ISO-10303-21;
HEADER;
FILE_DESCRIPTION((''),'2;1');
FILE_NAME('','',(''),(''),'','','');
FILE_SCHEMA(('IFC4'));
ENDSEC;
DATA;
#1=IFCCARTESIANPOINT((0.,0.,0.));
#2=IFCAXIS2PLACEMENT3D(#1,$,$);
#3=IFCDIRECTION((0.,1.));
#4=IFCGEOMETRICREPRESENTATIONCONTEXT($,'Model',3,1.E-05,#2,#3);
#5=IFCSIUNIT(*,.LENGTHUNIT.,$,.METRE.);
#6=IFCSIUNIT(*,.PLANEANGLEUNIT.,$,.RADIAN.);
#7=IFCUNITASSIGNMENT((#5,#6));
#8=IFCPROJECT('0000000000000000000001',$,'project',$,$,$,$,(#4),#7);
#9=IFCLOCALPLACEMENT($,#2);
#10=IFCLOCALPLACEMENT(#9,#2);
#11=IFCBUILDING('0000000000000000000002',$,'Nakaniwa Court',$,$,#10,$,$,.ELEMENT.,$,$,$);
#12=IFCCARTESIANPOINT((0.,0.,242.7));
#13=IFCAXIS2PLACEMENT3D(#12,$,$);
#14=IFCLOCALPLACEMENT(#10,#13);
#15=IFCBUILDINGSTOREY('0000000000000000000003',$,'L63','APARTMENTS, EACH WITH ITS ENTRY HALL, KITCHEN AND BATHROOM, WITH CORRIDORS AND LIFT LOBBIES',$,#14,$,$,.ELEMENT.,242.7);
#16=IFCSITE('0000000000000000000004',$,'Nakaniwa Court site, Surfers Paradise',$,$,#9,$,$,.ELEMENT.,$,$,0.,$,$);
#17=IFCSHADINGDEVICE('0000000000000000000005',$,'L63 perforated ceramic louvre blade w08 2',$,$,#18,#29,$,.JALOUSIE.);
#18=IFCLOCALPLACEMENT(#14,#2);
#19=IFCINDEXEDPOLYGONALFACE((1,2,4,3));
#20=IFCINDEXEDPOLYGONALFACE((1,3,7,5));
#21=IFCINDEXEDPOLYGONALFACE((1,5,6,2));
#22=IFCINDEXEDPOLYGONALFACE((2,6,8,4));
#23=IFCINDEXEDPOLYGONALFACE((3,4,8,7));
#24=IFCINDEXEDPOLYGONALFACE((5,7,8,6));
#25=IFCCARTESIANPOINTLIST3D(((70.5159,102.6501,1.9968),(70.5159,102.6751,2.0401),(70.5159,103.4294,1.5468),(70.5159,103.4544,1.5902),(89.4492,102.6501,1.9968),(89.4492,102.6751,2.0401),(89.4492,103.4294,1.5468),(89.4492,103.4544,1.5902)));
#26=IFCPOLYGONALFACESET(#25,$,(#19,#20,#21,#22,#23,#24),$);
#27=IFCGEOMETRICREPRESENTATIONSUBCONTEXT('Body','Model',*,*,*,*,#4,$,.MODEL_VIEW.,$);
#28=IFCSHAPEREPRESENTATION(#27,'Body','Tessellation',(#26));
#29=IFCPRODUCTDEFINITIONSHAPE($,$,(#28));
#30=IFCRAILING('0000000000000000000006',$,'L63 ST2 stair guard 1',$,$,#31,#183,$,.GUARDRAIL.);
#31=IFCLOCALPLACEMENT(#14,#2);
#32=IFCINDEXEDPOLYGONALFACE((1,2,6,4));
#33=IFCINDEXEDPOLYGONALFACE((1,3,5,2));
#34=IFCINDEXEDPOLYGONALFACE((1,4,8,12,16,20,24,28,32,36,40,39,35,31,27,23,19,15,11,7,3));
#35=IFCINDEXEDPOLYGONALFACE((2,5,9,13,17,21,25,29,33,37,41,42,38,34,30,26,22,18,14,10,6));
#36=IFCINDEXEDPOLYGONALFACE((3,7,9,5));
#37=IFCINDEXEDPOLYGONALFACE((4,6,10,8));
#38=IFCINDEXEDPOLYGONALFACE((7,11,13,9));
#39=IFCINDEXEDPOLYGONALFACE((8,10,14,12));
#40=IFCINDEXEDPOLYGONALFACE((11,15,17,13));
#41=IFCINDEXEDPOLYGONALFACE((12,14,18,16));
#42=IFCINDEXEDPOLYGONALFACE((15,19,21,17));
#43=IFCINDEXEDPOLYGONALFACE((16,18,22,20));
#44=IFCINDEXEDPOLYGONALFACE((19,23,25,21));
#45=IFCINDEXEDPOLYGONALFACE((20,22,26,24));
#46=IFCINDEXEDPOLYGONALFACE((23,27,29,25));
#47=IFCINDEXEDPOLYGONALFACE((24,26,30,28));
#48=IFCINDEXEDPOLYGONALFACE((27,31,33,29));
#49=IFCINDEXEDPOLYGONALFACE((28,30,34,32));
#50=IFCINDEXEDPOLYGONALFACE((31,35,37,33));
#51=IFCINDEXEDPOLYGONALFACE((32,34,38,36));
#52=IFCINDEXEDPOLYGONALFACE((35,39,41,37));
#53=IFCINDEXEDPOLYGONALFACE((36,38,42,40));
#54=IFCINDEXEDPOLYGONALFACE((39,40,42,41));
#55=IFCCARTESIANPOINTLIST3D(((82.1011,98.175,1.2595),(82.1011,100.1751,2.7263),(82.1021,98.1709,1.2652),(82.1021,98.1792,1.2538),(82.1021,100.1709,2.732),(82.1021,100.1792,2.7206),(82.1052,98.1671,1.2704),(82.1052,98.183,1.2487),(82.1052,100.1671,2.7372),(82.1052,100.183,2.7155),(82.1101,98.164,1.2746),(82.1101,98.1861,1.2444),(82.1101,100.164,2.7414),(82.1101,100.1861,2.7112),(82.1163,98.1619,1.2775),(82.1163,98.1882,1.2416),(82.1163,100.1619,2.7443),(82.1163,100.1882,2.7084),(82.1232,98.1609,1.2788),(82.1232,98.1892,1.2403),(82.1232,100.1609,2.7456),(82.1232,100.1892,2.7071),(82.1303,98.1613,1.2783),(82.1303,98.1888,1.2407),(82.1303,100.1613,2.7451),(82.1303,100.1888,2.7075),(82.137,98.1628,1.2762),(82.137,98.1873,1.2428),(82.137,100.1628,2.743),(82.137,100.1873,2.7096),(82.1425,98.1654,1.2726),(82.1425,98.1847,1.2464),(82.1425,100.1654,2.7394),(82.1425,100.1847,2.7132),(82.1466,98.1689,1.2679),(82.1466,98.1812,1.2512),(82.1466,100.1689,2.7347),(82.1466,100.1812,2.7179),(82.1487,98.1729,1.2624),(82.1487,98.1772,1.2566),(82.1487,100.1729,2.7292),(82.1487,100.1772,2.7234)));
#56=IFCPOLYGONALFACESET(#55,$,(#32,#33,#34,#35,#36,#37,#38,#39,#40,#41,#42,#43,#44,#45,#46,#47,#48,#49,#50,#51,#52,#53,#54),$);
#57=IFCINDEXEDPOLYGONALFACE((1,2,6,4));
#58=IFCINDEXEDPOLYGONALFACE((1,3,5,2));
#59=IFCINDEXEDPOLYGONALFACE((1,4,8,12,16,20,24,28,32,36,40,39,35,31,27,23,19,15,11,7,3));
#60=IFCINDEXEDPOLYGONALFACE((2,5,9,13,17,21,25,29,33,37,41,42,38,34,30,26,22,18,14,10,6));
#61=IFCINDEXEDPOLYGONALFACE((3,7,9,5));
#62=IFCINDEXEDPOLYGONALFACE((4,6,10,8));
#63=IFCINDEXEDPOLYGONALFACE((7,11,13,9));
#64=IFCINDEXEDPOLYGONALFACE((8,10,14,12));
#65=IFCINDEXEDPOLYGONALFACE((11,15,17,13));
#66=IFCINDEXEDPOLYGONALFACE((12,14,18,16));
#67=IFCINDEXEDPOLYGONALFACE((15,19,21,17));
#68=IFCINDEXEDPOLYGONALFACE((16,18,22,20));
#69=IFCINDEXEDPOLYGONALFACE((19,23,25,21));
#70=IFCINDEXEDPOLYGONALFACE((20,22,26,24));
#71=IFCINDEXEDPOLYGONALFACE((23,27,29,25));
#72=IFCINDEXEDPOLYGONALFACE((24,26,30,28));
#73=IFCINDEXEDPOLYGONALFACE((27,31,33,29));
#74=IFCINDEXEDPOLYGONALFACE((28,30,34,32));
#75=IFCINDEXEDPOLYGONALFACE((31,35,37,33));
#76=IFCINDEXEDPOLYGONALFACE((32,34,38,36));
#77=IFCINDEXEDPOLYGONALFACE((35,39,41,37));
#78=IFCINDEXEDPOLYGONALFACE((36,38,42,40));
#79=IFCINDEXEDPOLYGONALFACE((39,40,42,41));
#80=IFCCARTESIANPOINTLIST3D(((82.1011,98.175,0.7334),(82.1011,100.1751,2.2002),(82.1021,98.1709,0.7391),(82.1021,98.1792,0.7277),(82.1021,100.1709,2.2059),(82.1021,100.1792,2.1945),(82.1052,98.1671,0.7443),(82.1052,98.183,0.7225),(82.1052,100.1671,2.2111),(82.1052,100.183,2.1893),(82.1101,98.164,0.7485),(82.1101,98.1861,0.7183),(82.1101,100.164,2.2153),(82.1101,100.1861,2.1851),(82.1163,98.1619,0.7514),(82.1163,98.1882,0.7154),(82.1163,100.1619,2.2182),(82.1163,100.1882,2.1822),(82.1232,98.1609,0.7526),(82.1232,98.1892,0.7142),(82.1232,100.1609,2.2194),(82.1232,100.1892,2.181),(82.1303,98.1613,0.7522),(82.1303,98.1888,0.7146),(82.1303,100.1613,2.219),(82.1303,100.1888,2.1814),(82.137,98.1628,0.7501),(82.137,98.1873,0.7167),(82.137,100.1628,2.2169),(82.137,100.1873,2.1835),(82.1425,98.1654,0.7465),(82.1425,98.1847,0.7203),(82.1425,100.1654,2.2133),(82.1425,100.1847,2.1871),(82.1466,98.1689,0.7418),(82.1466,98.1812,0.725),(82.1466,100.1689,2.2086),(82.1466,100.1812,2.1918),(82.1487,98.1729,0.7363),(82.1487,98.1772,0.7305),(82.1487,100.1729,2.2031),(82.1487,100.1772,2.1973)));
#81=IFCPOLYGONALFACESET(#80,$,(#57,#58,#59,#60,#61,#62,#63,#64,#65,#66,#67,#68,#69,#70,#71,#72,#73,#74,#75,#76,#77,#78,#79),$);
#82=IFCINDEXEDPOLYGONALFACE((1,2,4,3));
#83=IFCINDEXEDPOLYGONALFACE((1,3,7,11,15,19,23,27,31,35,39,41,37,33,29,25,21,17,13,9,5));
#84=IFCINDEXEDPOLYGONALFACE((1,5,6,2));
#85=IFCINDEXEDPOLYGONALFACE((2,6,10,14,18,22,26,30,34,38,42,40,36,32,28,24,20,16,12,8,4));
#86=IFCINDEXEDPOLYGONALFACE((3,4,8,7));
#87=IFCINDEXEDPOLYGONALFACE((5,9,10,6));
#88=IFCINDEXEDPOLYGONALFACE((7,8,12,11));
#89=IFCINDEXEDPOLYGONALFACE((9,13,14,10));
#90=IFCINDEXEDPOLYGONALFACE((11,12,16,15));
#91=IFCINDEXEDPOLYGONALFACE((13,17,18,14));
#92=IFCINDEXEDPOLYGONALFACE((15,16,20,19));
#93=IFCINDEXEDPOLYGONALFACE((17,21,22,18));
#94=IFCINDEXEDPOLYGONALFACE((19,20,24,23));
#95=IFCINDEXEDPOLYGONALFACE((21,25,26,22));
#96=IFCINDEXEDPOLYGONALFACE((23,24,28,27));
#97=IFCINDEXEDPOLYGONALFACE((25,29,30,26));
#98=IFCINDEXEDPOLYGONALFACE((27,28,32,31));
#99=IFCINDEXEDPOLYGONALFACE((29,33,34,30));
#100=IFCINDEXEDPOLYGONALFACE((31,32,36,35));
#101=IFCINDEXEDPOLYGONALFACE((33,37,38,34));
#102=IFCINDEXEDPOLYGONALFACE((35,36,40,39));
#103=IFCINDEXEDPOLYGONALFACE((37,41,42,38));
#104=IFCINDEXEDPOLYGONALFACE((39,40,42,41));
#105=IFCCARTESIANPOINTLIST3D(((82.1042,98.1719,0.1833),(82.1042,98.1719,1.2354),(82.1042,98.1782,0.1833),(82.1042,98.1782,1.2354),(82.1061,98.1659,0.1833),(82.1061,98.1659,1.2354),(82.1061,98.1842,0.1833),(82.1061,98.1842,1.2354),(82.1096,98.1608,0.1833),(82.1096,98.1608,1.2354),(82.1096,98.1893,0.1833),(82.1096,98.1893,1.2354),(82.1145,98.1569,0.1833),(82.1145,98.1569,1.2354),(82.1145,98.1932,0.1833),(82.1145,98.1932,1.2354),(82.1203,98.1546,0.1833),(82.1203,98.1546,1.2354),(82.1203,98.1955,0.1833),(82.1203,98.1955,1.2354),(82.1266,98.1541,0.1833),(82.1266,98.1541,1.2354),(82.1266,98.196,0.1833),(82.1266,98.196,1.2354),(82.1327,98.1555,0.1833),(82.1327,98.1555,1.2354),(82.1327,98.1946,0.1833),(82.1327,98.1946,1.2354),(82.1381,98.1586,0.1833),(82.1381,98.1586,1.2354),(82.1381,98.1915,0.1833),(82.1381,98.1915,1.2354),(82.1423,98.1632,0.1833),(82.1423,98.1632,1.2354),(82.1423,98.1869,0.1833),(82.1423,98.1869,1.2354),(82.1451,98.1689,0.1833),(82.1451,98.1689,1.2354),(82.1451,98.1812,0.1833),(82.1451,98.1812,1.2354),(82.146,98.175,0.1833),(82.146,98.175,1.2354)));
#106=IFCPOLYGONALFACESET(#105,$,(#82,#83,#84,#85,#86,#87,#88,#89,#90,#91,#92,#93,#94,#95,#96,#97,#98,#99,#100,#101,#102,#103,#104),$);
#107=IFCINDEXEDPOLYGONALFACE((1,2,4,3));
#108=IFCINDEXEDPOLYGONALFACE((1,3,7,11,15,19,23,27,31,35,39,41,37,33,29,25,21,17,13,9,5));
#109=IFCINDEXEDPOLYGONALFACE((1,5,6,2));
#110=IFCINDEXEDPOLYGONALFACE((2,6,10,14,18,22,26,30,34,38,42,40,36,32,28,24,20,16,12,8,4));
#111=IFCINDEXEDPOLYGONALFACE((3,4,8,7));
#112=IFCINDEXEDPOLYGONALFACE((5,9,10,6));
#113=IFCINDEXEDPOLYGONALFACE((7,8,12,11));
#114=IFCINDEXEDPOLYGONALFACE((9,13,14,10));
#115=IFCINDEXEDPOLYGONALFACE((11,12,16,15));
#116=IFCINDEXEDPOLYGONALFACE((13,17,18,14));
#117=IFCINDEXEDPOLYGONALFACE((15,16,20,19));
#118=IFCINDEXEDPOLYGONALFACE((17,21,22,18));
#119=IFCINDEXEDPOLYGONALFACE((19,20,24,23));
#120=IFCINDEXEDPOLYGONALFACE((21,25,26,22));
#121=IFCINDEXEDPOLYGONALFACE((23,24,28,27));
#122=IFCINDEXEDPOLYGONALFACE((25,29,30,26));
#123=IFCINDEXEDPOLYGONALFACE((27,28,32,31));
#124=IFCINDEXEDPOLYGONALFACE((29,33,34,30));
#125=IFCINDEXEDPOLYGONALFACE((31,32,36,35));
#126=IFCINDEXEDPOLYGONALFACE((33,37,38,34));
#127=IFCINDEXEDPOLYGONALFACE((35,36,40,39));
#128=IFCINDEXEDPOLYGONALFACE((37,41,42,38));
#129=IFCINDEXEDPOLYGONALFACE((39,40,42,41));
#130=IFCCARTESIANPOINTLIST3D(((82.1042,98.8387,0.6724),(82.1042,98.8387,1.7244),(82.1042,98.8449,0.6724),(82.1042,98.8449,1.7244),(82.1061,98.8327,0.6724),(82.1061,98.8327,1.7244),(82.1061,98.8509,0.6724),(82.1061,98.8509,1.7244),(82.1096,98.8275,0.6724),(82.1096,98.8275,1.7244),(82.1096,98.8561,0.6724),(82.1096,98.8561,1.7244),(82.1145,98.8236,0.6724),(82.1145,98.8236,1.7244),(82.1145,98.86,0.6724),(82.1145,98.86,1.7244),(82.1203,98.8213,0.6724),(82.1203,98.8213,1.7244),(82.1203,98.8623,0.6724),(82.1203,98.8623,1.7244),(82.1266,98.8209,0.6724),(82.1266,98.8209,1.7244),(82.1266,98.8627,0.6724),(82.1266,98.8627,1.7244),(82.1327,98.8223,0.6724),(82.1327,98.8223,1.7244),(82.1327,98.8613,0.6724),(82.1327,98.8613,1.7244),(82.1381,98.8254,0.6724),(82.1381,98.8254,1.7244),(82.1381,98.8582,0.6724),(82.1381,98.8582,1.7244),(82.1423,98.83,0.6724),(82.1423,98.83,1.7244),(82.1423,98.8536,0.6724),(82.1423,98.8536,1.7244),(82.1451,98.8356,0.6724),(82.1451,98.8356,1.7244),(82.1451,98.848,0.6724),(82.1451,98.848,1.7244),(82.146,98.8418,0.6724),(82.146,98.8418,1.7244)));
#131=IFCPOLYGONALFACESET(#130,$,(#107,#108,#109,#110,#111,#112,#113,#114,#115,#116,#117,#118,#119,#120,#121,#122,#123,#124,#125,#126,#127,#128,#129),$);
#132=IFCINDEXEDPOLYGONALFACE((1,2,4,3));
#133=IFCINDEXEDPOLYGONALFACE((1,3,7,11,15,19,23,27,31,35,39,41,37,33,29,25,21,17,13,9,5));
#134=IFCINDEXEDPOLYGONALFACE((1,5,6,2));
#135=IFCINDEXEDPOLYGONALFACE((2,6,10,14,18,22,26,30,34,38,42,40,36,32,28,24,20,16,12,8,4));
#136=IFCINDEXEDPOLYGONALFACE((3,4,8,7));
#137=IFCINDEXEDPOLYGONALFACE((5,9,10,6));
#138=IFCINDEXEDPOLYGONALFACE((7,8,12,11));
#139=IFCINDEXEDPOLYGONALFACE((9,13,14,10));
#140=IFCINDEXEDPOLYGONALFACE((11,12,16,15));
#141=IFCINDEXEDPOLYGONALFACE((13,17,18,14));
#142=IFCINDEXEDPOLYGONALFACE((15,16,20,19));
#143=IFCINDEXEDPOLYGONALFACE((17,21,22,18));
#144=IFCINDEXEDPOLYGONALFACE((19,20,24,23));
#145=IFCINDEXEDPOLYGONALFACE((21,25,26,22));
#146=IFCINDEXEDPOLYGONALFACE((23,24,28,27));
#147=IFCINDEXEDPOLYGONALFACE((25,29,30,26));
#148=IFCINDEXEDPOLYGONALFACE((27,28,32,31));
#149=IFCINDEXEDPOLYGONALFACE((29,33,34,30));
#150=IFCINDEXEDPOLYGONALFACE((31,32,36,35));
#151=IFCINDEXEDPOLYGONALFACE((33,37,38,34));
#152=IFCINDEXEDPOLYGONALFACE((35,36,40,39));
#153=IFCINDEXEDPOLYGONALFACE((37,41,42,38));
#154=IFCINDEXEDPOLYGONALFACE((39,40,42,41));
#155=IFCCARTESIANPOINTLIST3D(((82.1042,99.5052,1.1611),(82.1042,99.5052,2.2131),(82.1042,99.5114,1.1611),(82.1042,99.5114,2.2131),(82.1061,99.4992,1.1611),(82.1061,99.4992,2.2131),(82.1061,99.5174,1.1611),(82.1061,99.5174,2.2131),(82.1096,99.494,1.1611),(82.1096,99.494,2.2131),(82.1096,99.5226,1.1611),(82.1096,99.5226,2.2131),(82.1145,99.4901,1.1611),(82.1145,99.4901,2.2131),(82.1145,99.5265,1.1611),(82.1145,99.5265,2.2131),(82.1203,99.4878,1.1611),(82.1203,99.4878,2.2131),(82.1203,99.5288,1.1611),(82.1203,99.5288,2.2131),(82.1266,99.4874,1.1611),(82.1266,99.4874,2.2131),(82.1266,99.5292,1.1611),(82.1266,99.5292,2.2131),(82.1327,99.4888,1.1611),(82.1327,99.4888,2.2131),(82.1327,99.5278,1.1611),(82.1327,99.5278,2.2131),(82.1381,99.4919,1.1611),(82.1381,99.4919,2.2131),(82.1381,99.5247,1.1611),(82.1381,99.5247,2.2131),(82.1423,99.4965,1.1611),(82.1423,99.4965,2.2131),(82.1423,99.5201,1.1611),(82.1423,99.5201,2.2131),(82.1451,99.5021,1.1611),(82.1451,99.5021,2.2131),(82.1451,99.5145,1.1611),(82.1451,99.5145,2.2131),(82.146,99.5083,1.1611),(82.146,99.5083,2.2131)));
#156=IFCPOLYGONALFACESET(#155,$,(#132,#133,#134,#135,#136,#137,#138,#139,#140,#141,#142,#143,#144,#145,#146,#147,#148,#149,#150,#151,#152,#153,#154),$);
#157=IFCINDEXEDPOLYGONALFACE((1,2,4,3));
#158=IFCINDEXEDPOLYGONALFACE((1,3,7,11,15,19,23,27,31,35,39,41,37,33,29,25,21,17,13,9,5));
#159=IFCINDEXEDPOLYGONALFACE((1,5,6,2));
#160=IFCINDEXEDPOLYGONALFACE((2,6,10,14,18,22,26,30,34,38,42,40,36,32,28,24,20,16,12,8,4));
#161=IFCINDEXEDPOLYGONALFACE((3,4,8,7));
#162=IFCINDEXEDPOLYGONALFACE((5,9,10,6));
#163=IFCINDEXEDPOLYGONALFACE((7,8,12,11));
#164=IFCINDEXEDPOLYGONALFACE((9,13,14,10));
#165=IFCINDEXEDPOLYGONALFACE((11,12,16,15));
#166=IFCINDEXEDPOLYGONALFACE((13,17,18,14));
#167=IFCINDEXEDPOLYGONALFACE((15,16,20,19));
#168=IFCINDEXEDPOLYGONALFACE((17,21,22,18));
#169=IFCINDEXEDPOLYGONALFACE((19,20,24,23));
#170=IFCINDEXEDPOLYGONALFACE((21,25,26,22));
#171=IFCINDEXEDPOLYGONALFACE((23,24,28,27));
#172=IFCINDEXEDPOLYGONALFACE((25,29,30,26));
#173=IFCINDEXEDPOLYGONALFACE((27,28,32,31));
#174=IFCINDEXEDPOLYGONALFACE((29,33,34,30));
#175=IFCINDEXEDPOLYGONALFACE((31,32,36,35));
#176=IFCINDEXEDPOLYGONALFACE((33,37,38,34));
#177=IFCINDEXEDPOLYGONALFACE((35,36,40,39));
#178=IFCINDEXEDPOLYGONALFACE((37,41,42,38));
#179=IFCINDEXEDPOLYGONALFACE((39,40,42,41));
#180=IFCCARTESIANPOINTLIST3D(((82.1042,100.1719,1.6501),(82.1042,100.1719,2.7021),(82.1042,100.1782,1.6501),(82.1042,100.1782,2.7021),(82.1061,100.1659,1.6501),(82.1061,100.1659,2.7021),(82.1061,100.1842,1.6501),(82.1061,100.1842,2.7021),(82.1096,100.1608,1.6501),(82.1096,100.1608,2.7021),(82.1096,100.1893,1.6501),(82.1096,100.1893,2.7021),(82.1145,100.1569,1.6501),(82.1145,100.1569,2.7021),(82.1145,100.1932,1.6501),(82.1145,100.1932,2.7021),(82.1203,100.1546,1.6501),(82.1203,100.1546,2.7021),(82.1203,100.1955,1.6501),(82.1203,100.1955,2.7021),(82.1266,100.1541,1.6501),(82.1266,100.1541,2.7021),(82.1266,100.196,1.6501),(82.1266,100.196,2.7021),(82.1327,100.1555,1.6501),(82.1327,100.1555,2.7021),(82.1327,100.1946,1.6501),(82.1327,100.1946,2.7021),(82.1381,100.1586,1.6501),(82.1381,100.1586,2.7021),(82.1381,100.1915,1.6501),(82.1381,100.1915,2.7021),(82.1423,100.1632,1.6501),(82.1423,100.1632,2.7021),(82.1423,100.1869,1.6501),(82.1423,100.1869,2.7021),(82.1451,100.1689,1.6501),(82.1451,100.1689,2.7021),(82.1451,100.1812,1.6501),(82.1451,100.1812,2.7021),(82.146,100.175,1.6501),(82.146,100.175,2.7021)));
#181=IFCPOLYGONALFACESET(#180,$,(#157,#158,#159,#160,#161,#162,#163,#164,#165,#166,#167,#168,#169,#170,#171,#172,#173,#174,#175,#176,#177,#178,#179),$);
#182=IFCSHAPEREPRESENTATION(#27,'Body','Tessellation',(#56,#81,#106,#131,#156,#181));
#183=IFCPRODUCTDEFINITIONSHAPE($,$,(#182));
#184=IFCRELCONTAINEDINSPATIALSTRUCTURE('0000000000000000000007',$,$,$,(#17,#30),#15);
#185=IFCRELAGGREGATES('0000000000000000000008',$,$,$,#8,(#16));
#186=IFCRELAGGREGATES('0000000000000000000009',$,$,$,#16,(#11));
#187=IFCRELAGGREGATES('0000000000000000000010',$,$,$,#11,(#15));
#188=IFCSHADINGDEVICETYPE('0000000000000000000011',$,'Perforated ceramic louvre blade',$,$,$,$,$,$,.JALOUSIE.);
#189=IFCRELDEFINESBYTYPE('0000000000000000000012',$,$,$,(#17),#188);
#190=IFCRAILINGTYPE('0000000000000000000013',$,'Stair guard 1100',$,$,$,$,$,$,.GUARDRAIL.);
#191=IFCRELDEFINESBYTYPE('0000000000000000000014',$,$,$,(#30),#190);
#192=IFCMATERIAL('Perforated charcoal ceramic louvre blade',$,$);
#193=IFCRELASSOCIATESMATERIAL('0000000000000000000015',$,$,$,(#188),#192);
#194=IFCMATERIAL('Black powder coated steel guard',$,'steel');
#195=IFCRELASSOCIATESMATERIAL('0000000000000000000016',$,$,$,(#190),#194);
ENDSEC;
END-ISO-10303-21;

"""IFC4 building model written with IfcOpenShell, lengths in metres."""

from ifc_helpers import new_model, si_unit, direction, frame, origin, origin_2d, place, context, subcontext, project, spatial, rectangle, circle, extrude, material, material_profile, profile_set, type_object, element, save


model = new_model("IFC4")

# Units and contexts
model_context = context("Model", 3, precision=1e-05, world=origin(), true_north=direction((0.0, 1.0)))
body_context = subcontext(model_context, "Body", "Model", "MODEL_VIEW")
ifc_project = project(units=[si_unit("LENGTHUNIT", "METRE"), si_unit("PLANEANGLEUNIT", "RADIAN")], contexts=[model_context])

# Site, building, storey
site_placement = place(None, origin())
site = spatial("IfcSite", under=ifc_project, at=site_placement, Name="Nakaniwa Court site, Surfers Paradise", CompositionType="ELEMENT", RefElevation=0.0)
building_placement = place(site_placement, origin())
building = spatial("IfcBuilding", under=site, at=building_placement, Name="Nakaniwa Court", CompositionType="ELEMENT")
storey_placement = place(building_placement, frame((0.0, 0.0, 242.7)))
storey = spatial("IfcBuildingStorey", under=building, at=storey_placement, Name="L63", Description="APARTMENTS, EACH WITH ITS ENTRY HALL, KITCHEN AND BATHROOM, WITH CORRIDORS AND LIFT LOBBIES", CompositionType="ELEMENT", Elevation=242.7)

# Shading device
ifc_material_1 = material(Name="Perforated charcoal ceramic louvre blade")
ifc_material_profile = material_profile(ifc_material_1, rectangle(XDim=0.8999, YDim=0.05, at=origin_2d()), Name="Perforated ceramic louvre blade")
ifc_profile_set = profile_set([ifc_material_profile], Name="Perforated charcoal ceramic louvre blade")
shading_device_type = type_object("IfcShadingDeviceType", Name="Perforated ceramic louvre blade", PredefinedType="JALOUSIE", material=ifc_profile_set)
for number, where, z_axis, x_axis, name in (
    (1, (89.4492, 103.0522, 1.7935), (-1.0, 0.0, 0.0), (0.0, -0.866025, 0.5), "L63 perforated ceramic louvre blade w08 2"),
):
    element("IfcShadingDevice", number, at=place(storey_placement, frame(where, z_axis=z_axis, x_axis=x_axis)), inside=storey, type_object=shading_device_type, Name=name, PredefinedType="JALOUSIE", context=body_context, shape_type="SweptSolid", body=[
        extrude(rectangle(XDim=0.8999, YDim=0.05, at=origin_2d()), origin(), (0.0, 0.0, 1.0), 18.9333),
    ])

# Railing
ifc_material_2 = material(Name="Black powder coated steel guard", Category="steel")
railing_type_1 = type_object("IfcRailingType", Name="Stair guard 1100", PredefinedType="GUARDRAIL", material=ifc_material_2)
railing_1_placement = place(storey_placement, frame((82.125, 98.175, 0.1833)))
element("IfcRailing", 2, at=railing_1_placement, inside=storey, type_object=railing_type_1, Name="L63 ST2 stair guard 1", PredefinedType="GUARDRAIL", context=body_context, shape_type="SweptSolid", body=[
    extrude(circle(Radius=0.0239, at=origin_2d()), frame((0.0, 0.0, 1.0762), z_axis=(0.0, 0.80638, 0.591398), x_axis=(-1.0, 0.0, 0.0)), (0.0, 0.0, 1.0), 2.4802),
    extrude(circle(Radius=0.0239, at=origin_2d()), frame((0.0, 0.0, 0.55), z_axis=(0.0, 0.80638, 0.591398), x_axis=(-1.0, 0.0, 0.0)), (0.0, 0.0, 1.0), 2.4802),
    extrude(circle(Radius=0.021, at=origin_2d()), origin(), (0.0, 0.0, 1.0), 1.052),
    extrude(circle(Radius=0.021, at=origin_2d()), frame((0.0, 0.6667, 0.489)), (0.0, 0.0, 1.0), 1.052),
    extrude(circle(Radius=0.021, at=origin_2d()), frame((0.0, 1.3333, 0.9778)), (0.0, 0.0, 1.0), 1.052),
    extrude(circle(Radius=0.021, at=origin_2d()), frame((0.0, 2.0, 1.4668)), (0.0, 0.0, 1.0), 1.052),
])

save(model, "model.ifc")
